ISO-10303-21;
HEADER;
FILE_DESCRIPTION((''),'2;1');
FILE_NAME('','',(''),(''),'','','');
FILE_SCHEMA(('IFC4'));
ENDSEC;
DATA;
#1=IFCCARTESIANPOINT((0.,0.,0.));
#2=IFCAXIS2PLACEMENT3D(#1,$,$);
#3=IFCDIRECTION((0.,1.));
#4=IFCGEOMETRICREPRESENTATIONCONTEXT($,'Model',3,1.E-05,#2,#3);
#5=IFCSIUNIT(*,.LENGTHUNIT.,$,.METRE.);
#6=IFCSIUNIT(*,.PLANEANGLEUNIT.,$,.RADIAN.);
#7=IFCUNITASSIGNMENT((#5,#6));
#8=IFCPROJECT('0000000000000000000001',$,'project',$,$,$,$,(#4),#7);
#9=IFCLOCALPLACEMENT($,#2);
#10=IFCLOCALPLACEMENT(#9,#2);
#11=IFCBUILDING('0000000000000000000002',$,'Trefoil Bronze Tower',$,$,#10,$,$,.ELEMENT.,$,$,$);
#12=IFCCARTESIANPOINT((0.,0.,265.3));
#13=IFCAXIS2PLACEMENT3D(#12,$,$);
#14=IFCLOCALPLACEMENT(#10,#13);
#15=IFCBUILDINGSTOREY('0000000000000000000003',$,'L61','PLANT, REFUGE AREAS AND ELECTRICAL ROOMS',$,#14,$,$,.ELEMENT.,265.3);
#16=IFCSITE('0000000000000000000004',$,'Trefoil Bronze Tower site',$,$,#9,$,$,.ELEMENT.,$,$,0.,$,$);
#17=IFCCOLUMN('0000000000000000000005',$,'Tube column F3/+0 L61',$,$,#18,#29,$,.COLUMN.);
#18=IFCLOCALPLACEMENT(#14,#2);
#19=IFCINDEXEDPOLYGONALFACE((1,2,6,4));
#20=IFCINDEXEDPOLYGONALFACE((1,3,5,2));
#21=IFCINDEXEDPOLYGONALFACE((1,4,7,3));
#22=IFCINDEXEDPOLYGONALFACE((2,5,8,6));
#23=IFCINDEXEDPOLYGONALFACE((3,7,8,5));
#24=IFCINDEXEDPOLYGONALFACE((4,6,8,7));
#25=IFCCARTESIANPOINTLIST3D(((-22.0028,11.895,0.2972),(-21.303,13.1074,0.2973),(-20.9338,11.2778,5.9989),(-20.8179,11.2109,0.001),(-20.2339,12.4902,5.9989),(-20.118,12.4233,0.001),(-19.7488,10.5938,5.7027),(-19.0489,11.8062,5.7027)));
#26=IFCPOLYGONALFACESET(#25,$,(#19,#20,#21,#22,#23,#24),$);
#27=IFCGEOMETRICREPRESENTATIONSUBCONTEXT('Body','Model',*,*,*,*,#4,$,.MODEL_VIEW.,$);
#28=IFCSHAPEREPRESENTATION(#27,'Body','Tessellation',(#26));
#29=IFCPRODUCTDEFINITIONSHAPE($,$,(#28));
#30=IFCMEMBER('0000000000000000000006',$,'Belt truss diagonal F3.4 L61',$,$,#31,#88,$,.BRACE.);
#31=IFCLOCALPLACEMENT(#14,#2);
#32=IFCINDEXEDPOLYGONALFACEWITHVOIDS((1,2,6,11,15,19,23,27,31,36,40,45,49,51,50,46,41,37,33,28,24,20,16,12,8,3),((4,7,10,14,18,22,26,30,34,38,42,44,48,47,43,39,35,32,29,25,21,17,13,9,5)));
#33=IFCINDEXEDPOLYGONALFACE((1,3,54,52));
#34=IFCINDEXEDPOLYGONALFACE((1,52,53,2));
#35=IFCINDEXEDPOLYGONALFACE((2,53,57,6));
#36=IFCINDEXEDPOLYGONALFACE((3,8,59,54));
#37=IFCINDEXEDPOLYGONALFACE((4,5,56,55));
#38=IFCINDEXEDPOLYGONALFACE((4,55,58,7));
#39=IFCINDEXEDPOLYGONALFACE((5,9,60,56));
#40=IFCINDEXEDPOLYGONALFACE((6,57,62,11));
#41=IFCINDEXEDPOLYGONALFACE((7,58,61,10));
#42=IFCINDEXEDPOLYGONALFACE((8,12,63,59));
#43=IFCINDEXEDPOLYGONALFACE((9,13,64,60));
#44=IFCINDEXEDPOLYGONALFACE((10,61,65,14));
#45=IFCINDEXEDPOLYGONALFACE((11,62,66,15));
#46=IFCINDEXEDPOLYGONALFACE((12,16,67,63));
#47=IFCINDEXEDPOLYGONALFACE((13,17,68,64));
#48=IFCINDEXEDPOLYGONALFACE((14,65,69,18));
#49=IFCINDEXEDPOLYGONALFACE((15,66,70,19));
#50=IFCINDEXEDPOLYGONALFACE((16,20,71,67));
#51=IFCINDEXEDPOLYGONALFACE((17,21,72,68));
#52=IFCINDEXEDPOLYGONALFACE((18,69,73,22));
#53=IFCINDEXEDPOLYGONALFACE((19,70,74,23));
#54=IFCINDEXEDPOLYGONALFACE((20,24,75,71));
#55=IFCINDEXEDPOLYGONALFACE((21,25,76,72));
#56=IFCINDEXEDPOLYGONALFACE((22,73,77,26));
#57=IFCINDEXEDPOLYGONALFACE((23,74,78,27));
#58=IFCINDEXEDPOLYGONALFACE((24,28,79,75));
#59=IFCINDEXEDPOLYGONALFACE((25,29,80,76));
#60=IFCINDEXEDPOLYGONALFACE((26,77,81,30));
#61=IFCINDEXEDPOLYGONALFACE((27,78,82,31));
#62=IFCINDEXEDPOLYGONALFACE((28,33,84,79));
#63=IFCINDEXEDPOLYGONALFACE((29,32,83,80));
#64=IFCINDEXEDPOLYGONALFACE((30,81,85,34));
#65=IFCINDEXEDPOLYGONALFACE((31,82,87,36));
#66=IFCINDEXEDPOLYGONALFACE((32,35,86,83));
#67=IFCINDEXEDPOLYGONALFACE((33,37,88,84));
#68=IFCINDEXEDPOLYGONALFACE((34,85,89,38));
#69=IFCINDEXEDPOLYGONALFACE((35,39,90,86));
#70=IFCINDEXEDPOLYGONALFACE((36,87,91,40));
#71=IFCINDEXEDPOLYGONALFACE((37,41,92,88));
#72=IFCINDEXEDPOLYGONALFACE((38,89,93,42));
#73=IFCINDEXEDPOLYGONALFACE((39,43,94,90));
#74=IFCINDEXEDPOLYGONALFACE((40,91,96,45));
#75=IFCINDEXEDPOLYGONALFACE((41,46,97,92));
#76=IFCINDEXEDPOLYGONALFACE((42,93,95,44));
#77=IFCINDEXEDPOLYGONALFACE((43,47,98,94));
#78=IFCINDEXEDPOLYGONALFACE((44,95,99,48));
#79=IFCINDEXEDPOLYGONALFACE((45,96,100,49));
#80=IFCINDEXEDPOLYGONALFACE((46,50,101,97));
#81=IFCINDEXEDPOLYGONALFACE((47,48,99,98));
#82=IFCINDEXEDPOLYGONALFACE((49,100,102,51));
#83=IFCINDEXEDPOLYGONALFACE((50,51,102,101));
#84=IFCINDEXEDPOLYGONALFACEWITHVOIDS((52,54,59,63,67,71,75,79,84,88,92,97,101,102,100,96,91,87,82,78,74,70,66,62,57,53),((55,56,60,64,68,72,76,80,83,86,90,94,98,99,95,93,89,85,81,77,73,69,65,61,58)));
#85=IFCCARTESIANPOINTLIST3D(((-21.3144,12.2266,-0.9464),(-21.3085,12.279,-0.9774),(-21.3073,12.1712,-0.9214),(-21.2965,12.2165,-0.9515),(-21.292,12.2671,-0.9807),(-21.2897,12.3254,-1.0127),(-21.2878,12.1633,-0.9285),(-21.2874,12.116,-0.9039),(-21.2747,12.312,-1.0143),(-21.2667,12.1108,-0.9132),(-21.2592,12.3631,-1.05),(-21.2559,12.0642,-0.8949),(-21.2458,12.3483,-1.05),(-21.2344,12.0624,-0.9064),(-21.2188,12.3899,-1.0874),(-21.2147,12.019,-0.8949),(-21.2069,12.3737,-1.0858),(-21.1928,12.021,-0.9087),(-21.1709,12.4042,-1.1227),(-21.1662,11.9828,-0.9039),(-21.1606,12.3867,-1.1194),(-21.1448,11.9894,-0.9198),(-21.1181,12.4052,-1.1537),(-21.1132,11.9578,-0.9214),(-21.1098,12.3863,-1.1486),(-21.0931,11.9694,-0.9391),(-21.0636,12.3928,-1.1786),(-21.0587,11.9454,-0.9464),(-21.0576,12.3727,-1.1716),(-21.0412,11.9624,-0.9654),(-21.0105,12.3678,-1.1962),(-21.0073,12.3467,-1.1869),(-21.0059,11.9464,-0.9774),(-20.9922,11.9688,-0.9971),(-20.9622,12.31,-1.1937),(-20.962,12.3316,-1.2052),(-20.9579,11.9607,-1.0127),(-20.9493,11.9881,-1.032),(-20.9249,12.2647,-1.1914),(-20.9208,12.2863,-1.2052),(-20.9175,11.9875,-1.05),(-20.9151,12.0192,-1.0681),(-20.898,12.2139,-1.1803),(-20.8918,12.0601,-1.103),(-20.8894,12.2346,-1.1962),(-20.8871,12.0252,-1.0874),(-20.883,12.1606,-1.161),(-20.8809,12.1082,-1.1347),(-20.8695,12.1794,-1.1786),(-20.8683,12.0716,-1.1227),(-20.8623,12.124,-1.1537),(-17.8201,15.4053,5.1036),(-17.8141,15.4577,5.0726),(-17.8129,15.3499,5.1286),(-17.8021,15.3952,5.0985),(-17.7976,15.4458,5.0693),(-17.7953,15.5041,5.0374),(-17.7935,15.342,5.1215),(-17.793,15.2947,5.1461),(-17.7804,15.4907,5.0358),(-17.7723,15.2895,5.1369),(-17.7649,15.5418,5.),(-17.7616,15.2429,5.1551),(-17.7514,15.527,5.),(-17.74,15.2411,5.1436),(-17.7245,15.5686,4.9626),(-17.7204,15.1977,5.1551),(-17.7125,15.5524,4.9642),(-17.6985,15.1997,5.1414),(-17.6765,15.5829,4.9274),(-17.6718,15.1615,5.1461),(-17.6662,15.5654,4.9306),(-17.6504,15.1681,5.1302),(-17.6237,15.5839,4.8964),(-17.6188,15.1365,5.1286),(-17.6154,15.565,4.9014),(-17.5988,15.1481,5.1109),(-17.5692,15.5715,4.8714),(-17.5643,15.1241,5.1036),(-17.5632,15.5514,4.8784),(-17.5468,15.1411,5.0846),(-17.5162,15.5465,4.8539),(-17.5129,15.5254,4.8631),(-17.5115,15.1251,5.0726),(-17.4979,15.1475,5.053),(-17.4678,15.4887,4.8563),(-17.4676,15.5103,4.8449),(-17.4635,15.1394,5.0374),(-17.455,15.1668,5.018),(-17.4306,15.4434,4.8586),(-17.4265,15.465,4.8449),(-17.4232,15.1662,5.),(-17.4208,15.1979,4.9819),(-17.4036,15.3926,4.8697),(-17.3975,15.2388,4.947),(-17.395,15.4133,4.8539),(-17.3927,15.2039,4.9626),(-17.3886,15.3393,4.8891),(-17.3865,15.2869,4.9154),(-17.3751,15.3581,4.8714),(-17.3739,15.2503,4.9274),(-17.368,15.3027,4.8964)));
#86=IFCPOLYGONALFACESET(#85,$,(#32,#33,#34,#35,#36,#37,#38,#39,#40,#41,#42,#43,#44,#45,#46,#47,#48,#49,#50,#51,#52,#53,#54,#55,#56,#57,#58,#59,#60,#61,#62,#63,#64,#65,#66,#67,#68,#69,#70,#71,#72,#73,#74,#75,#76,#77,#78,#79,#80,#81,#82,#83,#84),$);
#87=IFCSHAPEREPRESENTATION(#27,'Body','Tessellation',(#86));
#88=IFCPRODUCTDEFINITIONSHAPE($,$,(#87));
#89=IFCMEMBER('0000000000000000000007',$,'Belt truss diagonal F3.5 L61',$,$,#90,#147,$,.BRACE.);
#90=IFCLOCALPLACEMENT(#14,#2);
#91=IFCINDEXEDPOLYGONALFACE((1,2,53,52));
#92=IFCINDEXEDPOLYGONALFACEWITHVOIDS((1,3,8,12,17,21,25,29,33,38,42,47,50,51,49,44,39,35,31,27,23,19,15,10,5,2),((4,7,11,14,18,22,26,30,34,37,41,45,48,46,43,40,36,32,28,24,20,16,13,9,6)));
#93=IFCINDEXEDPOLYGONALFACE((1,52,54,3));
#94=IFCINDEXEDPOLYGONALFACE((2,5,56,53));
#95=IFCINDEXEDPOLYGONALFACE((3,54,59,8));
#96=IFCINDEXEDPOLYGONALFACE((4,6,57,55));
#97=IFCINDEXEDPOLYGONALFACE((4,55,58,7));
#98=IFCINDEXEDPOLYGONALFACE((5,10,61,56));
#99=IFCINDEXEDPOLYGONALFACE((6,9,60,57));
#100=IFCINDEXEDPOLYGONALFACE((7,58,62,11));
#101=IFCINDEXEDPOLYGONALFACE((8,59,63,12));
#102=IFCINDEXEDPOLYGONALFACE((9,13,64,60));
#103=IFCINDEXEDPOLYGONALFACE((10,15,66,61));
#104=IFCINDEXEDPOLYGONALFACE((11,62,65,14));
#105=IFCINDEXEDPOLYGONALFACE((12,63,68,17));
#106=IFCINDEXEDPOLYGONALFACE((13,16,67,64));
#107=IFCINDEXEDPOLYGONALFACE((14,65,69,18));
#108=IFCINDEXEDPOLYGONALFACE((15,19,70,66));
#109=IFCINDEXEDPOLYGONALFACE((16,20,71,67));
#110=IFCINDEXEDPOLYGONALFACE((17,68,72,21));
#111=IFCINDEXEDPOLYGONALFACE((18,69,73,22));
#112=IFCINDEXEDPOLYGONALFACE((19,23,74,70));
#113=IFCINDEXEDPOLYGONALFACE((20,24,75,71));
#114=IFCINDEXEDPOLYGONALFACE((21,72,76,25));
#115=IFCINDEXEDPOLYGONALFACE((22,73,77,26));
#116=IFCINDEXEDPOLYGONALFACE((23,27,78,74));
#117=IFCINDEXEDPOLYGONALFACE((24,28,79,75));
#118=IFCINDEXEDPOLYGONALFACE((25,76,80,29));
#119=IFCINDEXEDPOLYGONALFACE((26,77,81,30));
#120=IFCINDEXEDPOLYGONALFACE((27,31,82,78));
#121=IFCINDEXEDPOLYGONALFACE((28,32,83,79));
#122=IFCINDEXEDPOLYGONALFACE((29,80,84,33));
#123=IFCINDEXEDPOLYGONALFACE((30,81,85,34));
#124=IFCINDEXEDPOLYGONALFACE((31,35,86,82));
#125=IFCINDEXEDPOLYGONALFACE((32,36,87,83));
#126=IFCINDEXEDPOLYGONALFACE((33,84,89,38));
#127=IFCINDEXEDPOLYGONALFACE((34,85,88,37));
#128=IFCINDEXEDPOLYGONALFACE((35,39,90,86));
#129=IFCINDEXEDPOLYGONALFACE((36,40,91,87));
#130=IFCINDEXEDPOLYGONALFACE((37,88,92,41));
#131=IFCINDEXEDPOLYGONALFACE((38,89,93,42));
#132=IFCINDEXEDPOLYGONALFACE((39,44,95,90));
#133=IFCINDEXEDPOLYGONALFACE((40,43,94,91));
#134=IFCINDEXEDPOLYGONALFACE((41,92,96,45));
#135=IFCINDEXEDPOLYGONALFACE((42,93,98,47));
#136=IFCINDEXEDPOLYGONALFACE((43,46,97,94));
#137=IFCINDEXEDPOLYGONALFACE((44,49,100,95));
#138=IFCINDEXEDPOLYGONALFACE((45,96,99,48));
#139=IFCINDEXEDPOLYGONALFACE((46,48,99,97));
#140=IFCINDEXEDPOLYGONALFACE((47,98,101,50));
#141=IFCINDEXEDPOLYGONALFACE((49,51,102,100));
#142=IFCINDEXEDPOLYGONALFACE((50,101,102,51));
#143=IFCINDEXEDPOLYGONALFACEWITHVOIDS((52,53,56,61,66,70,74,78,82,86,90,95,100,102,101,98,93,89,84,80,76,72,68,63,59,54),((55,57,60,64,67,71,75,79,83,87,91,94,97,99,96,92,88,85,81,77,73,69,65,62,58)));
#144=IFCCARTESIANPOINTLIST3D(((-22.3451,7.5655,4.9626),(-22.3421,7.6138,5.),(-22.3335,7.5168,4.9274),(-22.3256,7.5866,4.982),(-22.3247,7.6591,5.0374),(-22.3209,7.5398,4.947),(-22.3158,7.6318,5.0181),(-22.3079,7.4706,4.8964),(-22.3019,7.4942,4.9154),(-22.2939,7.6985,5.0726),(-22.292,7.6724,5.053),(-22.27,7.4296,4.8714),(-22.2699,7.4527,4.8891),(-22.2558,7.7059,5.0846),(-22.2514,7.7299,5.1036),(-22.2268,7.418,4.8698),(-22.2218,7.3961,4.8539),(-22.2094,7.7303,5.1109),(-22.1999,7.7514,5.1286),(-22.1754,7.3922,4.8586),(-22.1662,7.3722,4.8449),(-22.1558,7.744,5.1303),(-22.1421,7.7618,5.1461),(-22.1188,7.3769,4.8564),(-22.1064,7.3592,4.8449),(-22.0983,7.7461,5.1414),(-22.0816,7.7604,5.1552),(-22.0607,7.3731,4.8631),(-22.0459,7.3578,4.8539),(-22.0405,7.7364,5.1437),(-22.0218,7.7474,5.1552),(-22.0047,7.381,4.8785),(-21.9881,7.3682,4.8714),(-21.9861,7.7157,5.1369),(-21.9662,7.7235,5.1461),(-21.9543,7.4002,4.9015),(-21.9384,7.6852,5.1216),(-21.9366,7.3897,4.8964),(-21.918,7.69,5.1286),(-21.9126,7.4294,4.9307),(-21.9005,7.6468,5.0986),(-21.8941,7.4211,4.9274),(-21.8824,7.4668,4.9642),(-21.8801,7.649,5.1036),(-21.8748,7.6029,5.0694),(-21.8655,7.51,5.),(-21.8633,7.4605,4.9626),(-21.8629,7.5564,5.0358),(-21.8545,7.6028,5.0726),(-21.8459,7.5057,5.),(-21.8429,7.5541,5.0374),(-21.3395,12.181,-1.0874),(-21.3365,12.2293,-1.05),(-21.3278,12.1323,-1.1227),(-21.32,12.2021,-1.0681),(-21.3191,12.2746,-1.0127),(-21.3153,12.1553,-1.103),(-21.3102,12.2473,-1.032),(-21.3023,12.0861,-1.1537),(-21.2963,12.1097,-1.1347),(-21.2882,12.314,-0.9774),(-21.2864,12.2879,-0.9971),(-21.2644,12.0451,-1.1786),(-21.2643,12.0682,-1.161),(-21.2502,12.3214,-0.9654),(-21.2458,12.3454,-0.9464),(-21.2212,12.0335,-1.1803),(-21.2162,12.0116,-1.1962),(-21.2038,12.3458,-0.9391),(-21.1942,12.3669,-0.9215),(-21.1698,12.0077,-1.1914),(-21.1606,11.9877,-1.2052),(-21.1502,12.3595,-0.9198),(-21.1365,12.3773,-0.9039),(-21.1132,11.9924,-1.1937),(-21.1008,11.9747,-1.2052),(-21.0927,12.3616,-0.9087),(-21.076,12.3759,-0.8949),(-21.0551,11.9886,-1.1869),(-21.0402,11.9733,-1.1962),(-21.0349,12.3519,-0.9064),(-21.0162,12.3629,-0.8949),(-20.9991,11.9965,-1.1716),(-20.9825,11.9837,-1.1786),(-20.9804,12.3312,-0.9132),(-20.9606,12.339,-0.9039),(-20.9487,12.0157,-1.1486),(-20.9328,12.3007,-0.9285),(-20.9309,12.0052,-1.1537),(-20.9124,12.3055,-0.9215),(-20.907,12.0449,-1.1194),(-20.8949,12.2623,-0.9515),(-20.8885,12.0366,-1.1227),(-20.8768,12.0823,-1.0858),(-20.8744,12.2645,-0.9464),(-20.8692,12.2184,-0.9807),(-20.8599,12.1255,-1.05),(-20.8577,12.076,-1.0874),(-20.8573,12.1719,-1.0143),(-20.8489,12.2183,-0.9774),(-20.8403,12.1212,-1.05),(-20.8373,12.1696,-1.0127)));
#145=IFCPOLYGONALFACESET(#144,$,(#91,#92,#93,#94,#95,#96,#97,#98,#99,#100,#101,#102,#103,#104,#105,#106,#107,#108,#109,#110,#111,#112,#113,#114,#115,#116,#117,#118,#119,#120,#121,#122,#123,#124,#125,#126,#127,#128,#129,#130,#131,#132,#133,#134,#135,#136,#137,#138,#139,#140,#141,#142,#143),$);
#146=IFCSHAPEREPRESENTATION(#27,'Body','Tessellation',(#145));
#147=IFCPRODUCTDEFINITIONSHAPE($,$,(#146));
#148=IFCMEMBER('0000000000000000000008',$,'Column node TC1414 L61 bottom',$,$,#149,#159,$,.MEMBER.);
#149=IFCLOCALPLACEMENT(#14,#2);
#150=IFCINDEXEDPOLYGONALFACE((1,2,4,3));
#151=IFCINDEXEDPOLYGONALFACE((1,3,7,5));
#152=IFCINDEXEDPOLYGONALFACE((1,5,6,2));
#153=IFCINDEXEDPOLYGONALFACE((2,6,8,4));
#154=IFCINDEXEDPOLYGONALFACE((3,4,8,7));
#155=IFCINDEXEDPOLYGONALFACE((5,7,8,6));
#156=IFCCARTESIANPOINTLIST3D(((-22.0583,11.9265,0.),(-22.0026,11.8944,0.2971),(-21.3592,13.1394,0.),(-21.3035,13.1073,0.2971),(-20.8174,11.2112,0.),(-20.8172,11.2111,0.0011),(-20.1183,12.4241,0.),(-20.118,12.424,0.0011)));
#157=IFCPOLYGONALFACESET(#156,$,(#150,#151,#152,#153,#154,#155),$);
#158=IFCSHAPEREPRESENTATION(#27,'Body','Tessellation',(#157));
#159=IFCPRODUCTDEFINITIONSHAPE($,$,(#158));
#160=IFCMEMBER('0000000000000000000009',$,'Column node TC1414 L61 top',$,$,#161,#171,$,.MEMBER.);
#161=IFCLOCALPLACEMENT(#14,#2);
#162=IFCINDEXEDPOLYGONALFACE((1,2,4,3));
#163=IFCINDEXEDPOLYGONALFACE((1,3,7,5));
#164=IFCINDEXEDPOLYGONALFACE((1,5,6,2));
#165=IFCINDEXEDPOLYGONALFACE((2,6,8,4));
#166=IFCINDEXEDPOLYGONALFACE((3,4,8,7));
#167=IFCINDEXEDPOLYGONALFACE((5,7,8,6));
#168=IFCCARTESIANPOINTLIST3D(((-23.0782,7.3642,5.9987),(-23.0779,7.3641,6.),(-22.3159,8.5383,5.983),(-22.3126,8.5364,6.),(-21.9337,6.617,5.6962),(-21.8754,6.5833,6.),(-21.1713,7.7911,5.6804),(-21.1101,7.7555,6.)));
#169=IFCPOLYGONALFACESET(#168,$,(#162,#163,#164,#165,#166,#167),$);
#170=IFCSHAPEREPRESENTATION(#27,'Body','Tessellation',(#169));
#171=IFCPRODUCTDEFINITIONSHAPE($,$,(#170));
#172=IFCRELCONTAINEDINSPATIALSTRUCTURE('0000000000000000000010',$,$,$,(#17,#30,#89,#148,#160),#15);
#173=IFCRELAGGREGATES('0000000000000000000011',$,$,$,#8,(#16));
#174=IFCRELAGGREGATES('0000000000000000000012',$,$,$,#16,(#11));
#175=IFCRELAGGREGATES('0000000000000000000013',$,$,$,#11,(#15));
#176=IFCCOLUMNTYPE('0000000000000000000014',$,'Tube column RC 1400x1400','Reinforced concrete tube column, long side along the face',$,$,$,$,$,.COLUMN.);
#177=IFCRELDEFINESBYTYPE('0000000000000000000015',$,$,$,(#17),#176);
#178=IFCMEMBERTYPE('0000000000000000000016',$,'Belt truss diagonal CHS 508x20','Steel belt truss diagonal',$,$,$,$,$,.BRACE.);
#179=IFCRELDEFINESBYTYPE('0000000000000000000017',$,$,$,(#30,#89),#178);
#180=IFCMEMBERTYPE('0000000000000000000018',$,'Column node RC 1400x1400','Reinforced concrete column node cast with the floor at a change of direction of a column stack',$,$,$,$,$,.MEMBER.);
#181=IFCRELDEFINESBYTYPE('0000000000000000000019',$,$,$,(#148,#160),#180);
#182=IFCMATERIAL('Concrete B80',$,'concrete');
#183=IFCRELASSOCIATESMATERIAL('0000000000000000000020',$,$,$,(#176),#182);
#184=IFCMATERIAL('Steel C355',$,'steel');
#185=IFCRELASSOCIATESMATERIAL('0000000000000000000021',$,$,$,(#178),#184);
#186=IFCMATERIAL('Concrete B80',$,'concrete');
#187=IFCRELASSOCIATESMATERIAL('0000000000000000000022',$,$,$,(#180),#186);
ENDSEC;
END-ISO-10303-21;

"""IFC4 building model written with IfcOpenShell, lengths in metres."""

from ifc_helpers import new_model, si_unit, direction, frame, origin, origin_2d, place, context, subcontext, project, spatial, rectangle, hollow_circle, extrude, clip, halfspace, material, material_profile, profile_set, type_object, element, save


model = new_model("IFC4")

# Units and contexts
model_context = context("Model", 3, precision=1e-05, world=origin(), true_north=direction((0.0, 1.0)))
body_context = subcontext(model_context, "Body", "Model", "MODEL_VIEW")
ifc_project = project(units=[si_unit("LENGTHUNIT", "METRE"), si_unit("PLANEANGLEUNIT", "RADIAN")], contexts=[model_context])

# Site, building, storey
site_placement = place(None, origin())
site = spatial("IfcSite", under=ifc_project, at=site_placement, Name="Trefoil Bronze Tower site", CompositionType="ELEMENT", RefElevation=0.0)
building_placement = place(site_placement, origin())
building = spatial("IfcBuilding", under=site, at=building_placement, Name="Trefoil Bronze Tower", CompositionType="ELEMENT")
storey_placement = place(building_placement, frame((0.0, 0.0, 265.3)))
storey = spatial("IfcBuildingStorey", under=building, at=storey_placement, Name="L61", Description="PLANT, REFUGE AREAS AND ELECTRICAL ROOMS", CompositionType="ELEMENT", Elevation=265.3)

# Column
ifc_material_1 = material(Name="Concrete B80", Category="concrete")
ifc_material_profile_1 = material_profile(ifc_material_1, rectangle(XDim=1.3999, YDim=1.3999, at=origin_2d()), Name="RC 1400x1400")
ifc_profile_set_1 = profile_set([ifc_material_profile_1], Name="Concrete B80")
column_type = type_object("IfcColumnType", Name="Tube column RC 1400x1400", Description="Reinforced concrete tube column, long side along the face", PredefinedType="COLUMN", material=ifc_profile_set_1)
column_placement = place(storey_placement, frame((-21.0884, 12.1753, 0.0), z_axis=(0.183254, -0.105785, 0.977357), x_axis=(-0.499939, -0.86606, 0.0)))
element("IfcColumn", 1, at=column_placement, inside=storey, type_object=column_type, Name="Tube column F3/+0 L61", PredefinedType="COLUMN", context=body_context, shape_type="Clipping", body=[
    clip(clip(extrude(rectangle(XDim=1.3999, YDim=1.3999, at=origin_2d()), origin(), (0.0, 0.0, 1.0), 6.1389), halfspace(frame((0.0, 0.0, 0.1526), z_axis=(0.000015, 0.000008, 1.0), x_axis=(0.0, 1.0, -0.000008)), True)), halfspace(frame((0.0, 0.0002, 5.9863), z_axis=(-0.000015, -0.000008, -1.0), x_axis=(0.0, -1.0, 0.000008)), True)),
])

# Members
ifc_material_2 = material(Name="Steel C355", Category="steel")
ifc_material_profile_2 = material_profile(ifc_material_2, hollow_circle(Radius=0.2539, WallThickness=0.02, at=origin_2d()), Name="CHS 508x20")
ifc_profile_set_2 = profile_set([ifc_material_profile_2], Name="Steel C355")
member_type_1 = type_object("IfcMemberType", Name="Belt truss diagonal CHS 508x20", Description="Steel belt truss diagonal", PredefinedType="BRACE", material=ifc_profile_set_2)
for number, where, z_axis, x_axis, name in (
    (2, (-21.0884, 12.1753, -1.05), (0.455247, 0.414121, 0.788197), (-0.672904, 0.73973, 0.0), "Belt truss diagonal F3.4 L61"),
    (3, (-21.0884, 12.1753, -1.05), (-0.131012, -0.601307, 0.788204), (0.977077, -0.212885, 0.0), "Belt truss diagonal F3.5 L61"),
):
    element("IfcMember", number, at=place(storey_placement, frame(where, z_axis=z_axis, x_axis=x_axis)), inside=storey, type_object=member_type_1, Name=name, PredefinedType="BRACE", context=body_context, shape_type="SweptSolid", body=[
        extrude(hollow_circle(Radius=0.2539, WallThickness=0.02, at=origin_2d()), origin(), (0.0, 0.0, 1.0), 7.6758),
    ])
ifc_material_3 = material(Name="Concrete B80", Category="concrete")
ifc_material_profile_3 = material_profile(ifc_material_3, rectangle(XDim=1.3999, YDim=1.3999, at=origin_2d()), Name="RC 1400x1400")
ifc_profile_set_3 = profile_set([ifc_material_profile_3], Name="Concrete B80")
member_type_2 = type_object("IfcMemberType", Name="Column node RC 1400x1400", Description="Reinforced concrete column node cast with the floor at a change of direction of a column stack", PredefinedType="MEMBER", material=ifc_profile_set_3)
member_1_placement = place(storey_placement, frame((-21.1162, 12.1914, -0.1492), z_axis=(0.183162, -0.105578, 0.977397), x_axis=(-0.499395, -0.866374, 0.0)))
element("IfcMember", 4, at=member_1_placement, inside=storey, type_object=member_type_2, Name="Column node TC1414 L61 bottom", PredefinedType="MEMBER", context=body_context, shape_type="Clipping", body=[
    clip(extrude(rectangle(XDim=1.3999, YDim=1.3999, at=origin_2d()), origin(), (0.0, 0.0, 1.0), 0.3052), halfspace(frame((0.0, 0.0, 0.1526), z_axis=(0.0, -0.211412, 0.977397), x_axis=(0.0, 0.977397, 0.211412)), True)),
])
member_2_placement = place(storey_placement, frame((-22.0632, 7.542, 6.1604), z_axis=(-0.187237, 0.108479, -0.976307), x_axis=(0.544551, 0.838652, -0.011251)))
element("IfcMember", 5, at=member_2_placement, inside=storey, type_object=member_type_2, Name="Column node TC1414 L61 top", PredefinedType="MEMBER", context=body_context, shape_type="Clipping", body=[
    clip(extrude(rectangle(XDim=1.3999, YDim=1.3999, at=origin_2d()), origin(), (0.0, 0.0, 1.0), 0.3286), halfspace(frame((0.0, 0.0, 0.1643), z_axis=(0.011251, 0.216099, 0.976307), x_axis=(0.0, 0.976368, -0.216112)), True)),
])

save(model, "model.ifc")
